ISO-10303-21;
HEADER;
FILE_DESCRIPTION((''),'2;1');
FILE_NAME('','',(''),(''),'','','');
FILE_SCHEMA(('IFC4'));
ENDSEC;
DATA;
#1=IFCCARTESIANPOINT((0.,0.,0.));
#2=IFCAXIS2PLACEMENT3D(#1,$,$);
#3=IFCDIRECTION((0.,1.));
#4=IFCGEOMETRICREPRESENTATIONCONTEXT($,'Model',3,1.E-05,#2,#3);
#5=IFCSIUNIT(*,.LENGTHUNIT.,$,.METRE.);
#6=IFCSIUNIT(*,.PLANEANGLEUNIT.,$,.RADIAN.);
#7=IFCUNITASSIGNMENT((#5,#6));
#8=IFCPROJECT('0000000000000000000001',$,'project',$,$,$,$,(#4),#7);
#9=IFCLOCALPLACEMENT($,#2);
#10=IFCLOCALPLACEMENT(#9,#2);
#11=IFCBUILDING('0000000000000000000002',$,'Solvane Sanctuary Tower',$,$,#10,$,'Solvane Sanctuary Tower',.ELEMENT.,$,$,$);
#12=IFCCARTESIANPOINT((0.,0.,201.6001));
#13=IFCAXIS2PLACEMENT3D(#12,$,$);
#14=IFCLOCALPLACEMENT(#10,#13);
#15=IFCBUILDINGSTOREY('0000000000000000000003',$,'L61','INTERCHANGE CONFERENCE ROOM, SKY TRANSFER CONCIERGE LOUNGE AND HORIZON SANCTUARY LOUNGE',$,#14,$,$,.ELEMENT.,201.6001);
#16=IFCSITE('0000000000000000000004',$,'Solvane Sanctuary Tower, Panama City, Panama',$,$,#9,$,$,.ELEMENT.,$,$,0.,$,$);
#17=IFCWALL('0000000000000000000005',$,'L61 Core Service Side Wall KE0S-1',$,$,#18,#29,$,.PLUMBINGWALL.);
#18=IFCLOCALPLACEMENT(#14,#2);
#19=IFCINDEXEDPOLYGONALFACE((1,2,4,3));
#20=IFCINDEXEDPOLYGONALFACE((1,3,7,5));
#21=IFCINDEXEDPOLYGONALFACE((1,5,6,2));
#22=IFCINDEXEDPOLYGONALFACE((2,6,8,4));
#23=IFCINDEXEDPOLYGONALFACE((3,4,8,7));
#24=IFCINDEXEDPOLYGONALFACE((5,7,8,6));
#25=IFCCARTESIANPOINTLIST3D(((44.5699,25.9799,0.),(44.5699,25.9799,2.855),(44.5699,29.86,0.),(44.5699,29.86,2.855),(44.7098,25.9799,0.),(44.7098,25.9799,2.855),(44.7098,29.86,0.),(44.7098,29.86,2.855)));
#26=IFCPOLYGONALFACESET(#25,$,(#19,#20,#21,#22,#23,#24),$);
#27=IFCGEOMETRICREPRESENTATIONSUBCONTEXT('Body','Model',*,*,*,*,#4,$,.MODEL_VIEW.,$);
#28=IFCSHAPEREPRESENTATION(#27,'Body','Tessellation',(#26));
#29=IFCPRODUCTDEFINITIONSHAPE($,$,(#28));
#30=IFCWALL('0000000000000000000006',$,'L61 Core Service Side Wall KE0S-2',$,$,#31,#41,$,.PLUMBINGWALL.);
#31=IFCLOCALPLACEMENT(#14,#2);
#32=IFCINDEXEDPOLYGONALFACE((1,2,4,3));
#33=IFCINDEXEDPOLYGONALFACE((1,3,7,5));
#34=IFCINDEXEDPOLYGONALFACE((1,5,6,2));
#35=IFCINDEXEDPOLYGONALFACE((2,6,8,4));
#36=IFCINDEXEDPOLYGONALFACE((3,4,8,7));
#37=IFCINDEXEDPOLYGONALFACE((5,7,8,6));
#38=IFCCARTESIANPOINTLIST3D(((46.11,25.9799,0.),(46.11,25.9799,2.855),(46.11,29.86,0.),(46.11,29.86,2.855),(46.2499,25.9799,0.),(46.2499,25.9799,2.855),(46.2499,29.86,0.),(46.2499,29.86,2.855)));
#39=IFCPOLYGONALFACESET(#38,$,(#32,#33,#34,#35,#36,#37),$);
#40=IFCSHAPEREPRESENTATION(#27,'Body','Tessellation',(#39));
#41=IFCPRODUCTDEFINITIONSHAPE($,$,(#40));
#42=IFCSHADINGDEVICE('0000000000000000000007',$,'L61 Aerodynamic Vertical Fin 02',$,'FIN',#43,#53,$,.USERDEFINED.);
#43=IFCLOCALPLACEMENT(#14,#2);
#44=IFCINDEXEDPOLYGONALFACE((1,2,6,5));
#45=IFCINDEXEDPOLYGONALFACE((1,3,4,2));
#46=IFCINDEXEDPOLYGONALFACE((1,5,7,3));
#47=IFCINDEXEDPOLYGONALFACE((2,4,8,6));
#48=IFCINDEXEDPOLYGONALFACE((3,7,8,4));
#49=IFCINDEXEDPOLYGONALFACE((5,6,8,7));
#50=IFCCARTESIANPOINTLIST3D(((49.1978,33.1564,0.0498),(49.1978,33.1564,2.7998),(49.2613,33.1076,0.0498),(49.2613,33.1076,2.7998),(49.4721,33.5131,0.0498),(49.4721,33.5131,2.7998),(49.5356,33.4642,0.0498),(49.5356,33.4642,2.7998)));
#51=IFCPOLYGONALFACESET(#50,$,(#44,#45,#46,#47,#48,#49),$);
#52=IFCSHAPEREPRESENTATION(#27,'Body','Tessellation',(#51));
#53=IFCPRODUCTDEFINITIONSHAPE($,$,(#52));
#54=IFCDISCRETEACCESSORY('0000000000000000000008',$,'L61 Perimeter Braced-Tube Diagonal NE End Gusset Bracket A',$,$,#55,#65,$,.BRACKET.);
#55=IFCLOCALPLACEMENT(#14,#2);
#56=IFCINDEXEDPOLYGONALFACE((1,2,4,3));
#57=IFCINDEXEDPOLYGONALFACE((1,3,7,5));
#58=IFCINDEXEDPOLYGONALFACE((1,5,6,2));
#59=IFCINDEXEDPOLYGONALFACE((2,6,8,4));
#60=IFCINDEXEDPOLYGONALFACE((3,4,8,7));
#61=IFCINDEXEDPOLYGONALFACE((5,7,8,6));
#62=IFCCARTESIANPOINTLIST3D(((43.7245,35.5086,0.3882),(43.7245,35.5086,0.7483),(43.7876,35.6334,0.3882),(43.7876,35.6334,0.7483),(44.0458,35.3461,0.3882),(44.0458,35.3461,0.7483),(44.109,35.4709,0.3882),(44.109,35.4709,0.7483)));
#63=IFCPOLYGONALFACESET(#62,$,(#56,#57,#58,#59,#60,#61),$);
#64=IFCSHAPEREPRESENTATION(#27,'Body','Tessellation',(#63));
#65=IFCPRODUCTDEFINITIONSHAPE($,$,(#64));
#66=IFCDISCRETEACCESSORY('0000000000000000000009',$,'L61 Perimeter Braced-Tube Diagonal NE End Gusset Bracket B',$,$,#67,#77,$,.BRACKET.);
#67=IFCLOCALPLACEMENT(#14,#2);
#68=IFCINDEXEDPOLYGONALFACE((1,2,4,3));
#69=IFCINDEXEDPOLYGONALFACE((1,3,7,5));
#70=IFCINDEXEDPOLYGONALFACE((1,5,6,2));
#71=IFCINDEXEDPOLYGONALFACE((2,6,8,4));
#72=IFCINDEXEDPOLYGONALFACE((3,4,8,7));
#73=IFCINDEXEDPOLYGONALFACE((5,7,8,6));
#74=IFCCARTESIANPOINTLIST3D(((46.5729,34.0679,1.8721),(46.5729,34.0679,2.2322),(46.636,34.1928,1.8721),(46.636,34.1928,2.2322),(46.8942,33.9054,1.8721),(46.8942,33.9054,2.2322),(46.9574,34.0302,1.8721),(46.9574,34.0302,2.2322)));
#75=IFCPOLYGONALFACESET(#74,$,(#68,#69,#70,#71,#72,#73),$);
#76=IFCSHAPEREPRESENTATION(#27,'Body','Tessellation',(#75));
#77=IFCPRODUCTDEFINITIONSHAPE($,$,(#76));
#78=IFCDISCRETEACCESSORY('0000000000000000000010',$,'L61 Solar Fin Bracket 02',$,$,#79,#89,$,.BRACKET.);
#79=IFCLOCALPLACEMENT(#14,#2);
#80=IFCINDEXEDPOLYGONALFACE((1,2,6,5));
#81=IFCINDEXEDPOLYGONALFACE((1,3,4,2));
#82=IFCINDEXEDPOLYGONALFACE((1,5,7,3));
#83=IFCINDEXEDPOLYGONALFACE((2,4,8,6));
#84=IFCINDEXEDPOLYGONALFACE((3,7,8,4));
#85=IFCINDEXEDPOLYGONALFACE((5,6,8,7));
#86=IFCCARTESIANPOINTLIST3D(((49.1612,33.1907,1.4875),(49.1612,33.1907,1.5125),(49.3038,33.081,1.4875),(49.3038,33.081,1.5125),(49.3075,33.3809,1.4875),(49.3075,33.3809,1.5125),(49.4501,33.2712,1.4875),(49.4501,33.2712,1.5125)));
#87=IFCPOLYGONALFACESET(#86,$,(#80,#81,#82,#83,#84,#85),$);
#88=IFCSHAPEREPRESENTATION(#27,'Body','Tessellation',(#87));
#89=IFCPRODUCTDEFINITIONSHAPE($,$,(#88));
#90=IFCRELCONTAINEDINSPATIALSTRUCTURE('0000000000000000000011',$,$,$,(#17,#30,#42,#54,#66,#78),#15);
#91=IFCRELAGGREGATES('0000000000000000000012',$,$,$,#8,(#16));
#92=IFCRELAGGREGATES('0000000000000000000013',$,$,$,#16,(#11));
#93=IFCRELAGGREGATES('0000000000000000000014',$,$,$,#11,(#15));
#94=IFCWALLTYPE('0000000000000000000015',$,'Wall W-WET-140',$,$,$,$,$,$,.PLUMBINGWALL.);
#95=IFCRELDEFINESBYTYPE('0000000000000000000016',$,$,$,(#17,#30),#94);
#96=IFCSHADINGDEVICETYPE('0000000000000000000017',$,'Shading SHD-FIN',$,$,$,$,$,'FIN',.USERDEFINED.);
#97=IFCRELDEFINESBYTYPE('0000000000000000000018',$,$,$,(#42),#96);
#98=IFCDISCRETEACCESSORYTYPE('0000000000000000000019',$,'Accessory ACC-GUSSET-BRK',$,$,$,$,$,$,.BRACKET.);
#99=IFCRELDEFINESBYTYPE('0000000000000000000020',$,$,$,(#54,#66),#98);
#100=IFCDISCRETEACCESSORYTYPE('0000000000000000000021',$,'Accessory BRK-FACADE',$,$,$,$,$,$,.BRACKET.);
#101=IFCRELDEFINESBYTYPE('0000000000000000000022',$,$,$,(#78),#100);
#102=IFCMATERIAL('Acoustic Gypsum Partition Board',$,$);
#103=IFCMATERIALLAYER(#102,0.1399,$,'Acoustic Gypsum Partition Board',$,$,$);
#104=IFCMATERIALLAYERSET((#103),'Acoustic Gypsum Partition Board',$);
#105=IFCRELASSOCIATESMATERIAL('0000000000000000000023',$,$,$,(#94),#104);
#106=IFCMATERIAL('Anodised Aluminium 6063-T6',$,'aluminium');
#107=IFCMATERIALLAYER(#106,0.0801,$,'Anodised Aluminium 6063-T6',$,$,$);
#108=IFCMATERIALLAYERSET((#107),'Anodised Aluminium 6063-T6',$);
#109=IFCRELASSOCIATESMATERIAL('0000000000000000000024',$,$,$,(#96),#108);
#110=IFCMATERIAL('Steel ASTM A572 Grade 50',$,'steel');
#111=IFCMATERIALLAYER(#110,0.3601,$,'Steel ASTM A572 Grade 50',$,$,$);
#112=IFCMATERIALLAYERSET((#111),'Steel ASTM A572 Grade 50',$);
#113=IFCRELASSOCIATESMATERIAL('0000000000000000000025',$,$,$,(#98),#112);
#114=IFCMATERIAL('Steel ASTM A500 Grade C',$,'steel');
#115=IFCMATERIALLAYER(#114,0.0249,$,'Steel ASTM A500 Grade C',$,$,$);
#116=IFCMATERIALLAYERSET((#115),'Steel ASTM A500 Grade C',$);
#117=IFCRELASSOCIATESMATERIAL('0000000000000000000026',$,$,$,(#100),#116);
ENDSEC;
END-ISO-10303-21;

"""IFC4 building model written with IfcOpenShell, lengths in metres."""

from ifc_helpers import new_model, si_unit, direction, frame, frame_2d, origin, origin_2d, place, context, subcontext, project, spatial, rectangle, extrude, material, layer, layer_set, type_object, element, save


model = new_model("IFC4")

# Units and contexts
model_context = context("Model", 3, precision=1e-05, world=origin(), true_north=direction((0.0, 1.0)))
body_context = subcontext(model_context, "Body", "Model", "MODEL_VIEW")
ifc_project = project(units=[si_unit("LENGTHUNIT", "METRE"), si_unit("PLANEANGLEUNIT", "RADIAN")], contexts=[model_context])

# Site, building, storey
site_placement = place(None, origin())
site = spatial("IfcSite", under=ifc_project, at=site_placement, Name="Solvane Sanctuary Tower, Panama City, Panama", CompositionType="ELEMENT", RefElevation=0.0)
building_placement = place(site_placement, origin())
building = spatial("IfcBuilding", under=site, at=building_placement, Name="Solvane Sanctuary Tower", LongName="Solvane Sanctuary Tower", CompositionType="ELEMENT")
storey_placement = place(building_placement, frame((0.0, 0.0, 201.6001)))
storey = spatial("IfcBuildingStorey", under=building, at=storey_placement, Name="L61", Description="INTERCHANGE CONFERENCE ROOM, SKY TRANSFER CONCIERGE LOUNGE AND HORIZON SANCTUARY LOUNGE", CompositionType="ELEMENT", Elevation=201.6001)

# Shared definitions
ifc_material_1 = material(Name="Acoustic Gypsum Partition Board")

# Shared definitions
ifc_layer_1 = layer(ifc_material_1, 0.1399, Name="Acoustic Gypsum Partition Board")
ifc_layer_set_1 = layer_set([ifc_layer_1], Name="Acoustic Gypsum Partition Board")
wall_type_1 = type_object("IfcWallType", Name="Wall W-WET-140", PredefinedType="PLUMBINGWALL", material=ifc_layer_set_1)

# Walls
for number, where, z_axis, x_axis, name in (
    (1, (44.6399, 25.98, 0.0), (0.0, 0.0, 1.0), (0.0, 1.0, 0.0), "L61 Core Service Side Wall KE0S-1"),
    (2, (46.1799, 25.98, 0.0), (0.0, 0.0, 1.0), (0.0, 1.0, 0.0), "L61 Core Service Side Wall KE0S-2"),
):
    element("IfcWall", number, at=place(storey_placement, frame(where, z_axis=z_axis, x_axis=x_axis)), inside=storey, type_object=wall_type_1, Name=name, PredefinedType="PLUMBINGWALL", context=body_context, shape_type="SweptSolid", body=[
        extrude(rectangle(XDim=3.8801, YDim=0.1399, at=frame_2d((1.9399, 0.0))), origin(), (0.0, 0.0, 1.0), 2.855),
    ])

# Shading device
ifc_material_2 = material(Name="Anodised Aluminium 6063-T6", Category="aluminium")
ifc_layer_2 = layer(ifc_material_2, 0.0801, Name="Anodised Aluminium 6063-T6")
ifc_layer_set_2 = layer_set([ifc_layer_2], Name="Anodised Aluminium 6063-T6")
shading_device_type = type_object("IfcShadingDeviceType", Name="Shading SHD-FIN", ElementType="FIN", PredefinedType="USERDEFINED", material=ifc_layer_set_2)
shading_device_placement = place(storey_placement, frame((49.3667, 33.3103, 0.0498), z_axis=(0.0, 0.0, 1.0), x_axis=(-0.792708, 0.609602, 0.0)))
element("IfcShadingDevice", 3, at=shading_device_placement, inside=storey, type_object=shading_device_type, Name="L61 Aerodynamic Vertical Fin 02", ObjectType="FIN", PredefinedType="USERDEFINED", context=body_context, shape_type="SweptSolid", body=[
    extrude(rectangle(XDim=0.0801, YDim=0.45, at=origin_2d()), origin(), (0.0, 0.0, 1.0), 2.75),
])

# Discrete accessories
ifc_material_3 = material(Name="Steel ASTM A572 Grade 50", Category="steel")
ifc_layer_3 = layer(ifc_material_3, 0.3601, Name="Steel ASTM A572 Grade 50")
ifc_layer_set_3 = layer_set([ifc_layer_3], Name="Steel ASTM A572 Grade 50")
discrete_accessory_type_1 = type_object("IfcDiscreteAccessoryType", Name="Accessory ACC-GUSSET-BRK", PredefinedType="BRACKET", material=ifc_layer_set_3)
for number, where, z_axis, x_axis, name in (
    (4, (43.9167, 35.4897, 0.3882), (0.0, 0.0, 1.0), (0.89235, -0.451345, 0.0), "L61 Perimeter Braced-Tube Diagonal NE End Gusset Bracket A"),
    (5, (46.7651, 34.0491, 1.8721), (0.0, 0.0, 1.0), (0.89235, -0.451345, 0.0), "L61 Perimeter Braced-Tube Diagonal NE End Gusset Bracket B"),
):
    element("IfcDiscreteAccessory", number, at=place(storey_placement, frame(where, z_axis=z_axis, x_axis=x_axis)), inside=storey, type_object=discrete_accessory_type_1, Name=name, PredefinedType="BRACKET", context=body_context, shape_type="SweptSolid", body=[
        extrude(rectangle(XDim=0.3601, YDim=0.1399, at=origin_2d()), origin(), (0.0, 0.0, 1.0), 0.3601),
    ])
ifc_material_4 = material(Name="Steel ASTM A500 Grade C", Category="steel")
ifc_layer_4 = layer(ifc_material_4, 0.0249, Name="Steel ASTM A500 Grade C")
ifc_layer_set_4 = layer_set([ifc_layer_4], Name="Steel ASTM A500 Grade C")
discrete_accessory_type_2 = type_object("IfcDiscreteAccessoryType", Name="Accessory BRK-FACADE", PredefinedType="BRACKET", material=ifc_layer_set_4)
discrete_accessory_placement = place(storey_placement, frame((49.3057, 33.231, 1.4875), z_axis=(0.0, 0.0, 1.0), x_axis=(-0.792708, 0.609602, 0.0)))
element("IfcDiscreteAccessory", 6, at=discrete_accessory_placement, inside=storey, type_object=discrete_accessory_type_2, Name="L61 Solar Fin Bracket 02", PredefinedType="BRACKET", context=body_context, shape_type="SweptSolid", body=[
    extrude(rectangle(XDim=0.1799, YDim=0.24, at=origin_2d()), origin(), (0.0, 0.0, 1.0), 0.0249),
])

save(model, "model.ifc")
